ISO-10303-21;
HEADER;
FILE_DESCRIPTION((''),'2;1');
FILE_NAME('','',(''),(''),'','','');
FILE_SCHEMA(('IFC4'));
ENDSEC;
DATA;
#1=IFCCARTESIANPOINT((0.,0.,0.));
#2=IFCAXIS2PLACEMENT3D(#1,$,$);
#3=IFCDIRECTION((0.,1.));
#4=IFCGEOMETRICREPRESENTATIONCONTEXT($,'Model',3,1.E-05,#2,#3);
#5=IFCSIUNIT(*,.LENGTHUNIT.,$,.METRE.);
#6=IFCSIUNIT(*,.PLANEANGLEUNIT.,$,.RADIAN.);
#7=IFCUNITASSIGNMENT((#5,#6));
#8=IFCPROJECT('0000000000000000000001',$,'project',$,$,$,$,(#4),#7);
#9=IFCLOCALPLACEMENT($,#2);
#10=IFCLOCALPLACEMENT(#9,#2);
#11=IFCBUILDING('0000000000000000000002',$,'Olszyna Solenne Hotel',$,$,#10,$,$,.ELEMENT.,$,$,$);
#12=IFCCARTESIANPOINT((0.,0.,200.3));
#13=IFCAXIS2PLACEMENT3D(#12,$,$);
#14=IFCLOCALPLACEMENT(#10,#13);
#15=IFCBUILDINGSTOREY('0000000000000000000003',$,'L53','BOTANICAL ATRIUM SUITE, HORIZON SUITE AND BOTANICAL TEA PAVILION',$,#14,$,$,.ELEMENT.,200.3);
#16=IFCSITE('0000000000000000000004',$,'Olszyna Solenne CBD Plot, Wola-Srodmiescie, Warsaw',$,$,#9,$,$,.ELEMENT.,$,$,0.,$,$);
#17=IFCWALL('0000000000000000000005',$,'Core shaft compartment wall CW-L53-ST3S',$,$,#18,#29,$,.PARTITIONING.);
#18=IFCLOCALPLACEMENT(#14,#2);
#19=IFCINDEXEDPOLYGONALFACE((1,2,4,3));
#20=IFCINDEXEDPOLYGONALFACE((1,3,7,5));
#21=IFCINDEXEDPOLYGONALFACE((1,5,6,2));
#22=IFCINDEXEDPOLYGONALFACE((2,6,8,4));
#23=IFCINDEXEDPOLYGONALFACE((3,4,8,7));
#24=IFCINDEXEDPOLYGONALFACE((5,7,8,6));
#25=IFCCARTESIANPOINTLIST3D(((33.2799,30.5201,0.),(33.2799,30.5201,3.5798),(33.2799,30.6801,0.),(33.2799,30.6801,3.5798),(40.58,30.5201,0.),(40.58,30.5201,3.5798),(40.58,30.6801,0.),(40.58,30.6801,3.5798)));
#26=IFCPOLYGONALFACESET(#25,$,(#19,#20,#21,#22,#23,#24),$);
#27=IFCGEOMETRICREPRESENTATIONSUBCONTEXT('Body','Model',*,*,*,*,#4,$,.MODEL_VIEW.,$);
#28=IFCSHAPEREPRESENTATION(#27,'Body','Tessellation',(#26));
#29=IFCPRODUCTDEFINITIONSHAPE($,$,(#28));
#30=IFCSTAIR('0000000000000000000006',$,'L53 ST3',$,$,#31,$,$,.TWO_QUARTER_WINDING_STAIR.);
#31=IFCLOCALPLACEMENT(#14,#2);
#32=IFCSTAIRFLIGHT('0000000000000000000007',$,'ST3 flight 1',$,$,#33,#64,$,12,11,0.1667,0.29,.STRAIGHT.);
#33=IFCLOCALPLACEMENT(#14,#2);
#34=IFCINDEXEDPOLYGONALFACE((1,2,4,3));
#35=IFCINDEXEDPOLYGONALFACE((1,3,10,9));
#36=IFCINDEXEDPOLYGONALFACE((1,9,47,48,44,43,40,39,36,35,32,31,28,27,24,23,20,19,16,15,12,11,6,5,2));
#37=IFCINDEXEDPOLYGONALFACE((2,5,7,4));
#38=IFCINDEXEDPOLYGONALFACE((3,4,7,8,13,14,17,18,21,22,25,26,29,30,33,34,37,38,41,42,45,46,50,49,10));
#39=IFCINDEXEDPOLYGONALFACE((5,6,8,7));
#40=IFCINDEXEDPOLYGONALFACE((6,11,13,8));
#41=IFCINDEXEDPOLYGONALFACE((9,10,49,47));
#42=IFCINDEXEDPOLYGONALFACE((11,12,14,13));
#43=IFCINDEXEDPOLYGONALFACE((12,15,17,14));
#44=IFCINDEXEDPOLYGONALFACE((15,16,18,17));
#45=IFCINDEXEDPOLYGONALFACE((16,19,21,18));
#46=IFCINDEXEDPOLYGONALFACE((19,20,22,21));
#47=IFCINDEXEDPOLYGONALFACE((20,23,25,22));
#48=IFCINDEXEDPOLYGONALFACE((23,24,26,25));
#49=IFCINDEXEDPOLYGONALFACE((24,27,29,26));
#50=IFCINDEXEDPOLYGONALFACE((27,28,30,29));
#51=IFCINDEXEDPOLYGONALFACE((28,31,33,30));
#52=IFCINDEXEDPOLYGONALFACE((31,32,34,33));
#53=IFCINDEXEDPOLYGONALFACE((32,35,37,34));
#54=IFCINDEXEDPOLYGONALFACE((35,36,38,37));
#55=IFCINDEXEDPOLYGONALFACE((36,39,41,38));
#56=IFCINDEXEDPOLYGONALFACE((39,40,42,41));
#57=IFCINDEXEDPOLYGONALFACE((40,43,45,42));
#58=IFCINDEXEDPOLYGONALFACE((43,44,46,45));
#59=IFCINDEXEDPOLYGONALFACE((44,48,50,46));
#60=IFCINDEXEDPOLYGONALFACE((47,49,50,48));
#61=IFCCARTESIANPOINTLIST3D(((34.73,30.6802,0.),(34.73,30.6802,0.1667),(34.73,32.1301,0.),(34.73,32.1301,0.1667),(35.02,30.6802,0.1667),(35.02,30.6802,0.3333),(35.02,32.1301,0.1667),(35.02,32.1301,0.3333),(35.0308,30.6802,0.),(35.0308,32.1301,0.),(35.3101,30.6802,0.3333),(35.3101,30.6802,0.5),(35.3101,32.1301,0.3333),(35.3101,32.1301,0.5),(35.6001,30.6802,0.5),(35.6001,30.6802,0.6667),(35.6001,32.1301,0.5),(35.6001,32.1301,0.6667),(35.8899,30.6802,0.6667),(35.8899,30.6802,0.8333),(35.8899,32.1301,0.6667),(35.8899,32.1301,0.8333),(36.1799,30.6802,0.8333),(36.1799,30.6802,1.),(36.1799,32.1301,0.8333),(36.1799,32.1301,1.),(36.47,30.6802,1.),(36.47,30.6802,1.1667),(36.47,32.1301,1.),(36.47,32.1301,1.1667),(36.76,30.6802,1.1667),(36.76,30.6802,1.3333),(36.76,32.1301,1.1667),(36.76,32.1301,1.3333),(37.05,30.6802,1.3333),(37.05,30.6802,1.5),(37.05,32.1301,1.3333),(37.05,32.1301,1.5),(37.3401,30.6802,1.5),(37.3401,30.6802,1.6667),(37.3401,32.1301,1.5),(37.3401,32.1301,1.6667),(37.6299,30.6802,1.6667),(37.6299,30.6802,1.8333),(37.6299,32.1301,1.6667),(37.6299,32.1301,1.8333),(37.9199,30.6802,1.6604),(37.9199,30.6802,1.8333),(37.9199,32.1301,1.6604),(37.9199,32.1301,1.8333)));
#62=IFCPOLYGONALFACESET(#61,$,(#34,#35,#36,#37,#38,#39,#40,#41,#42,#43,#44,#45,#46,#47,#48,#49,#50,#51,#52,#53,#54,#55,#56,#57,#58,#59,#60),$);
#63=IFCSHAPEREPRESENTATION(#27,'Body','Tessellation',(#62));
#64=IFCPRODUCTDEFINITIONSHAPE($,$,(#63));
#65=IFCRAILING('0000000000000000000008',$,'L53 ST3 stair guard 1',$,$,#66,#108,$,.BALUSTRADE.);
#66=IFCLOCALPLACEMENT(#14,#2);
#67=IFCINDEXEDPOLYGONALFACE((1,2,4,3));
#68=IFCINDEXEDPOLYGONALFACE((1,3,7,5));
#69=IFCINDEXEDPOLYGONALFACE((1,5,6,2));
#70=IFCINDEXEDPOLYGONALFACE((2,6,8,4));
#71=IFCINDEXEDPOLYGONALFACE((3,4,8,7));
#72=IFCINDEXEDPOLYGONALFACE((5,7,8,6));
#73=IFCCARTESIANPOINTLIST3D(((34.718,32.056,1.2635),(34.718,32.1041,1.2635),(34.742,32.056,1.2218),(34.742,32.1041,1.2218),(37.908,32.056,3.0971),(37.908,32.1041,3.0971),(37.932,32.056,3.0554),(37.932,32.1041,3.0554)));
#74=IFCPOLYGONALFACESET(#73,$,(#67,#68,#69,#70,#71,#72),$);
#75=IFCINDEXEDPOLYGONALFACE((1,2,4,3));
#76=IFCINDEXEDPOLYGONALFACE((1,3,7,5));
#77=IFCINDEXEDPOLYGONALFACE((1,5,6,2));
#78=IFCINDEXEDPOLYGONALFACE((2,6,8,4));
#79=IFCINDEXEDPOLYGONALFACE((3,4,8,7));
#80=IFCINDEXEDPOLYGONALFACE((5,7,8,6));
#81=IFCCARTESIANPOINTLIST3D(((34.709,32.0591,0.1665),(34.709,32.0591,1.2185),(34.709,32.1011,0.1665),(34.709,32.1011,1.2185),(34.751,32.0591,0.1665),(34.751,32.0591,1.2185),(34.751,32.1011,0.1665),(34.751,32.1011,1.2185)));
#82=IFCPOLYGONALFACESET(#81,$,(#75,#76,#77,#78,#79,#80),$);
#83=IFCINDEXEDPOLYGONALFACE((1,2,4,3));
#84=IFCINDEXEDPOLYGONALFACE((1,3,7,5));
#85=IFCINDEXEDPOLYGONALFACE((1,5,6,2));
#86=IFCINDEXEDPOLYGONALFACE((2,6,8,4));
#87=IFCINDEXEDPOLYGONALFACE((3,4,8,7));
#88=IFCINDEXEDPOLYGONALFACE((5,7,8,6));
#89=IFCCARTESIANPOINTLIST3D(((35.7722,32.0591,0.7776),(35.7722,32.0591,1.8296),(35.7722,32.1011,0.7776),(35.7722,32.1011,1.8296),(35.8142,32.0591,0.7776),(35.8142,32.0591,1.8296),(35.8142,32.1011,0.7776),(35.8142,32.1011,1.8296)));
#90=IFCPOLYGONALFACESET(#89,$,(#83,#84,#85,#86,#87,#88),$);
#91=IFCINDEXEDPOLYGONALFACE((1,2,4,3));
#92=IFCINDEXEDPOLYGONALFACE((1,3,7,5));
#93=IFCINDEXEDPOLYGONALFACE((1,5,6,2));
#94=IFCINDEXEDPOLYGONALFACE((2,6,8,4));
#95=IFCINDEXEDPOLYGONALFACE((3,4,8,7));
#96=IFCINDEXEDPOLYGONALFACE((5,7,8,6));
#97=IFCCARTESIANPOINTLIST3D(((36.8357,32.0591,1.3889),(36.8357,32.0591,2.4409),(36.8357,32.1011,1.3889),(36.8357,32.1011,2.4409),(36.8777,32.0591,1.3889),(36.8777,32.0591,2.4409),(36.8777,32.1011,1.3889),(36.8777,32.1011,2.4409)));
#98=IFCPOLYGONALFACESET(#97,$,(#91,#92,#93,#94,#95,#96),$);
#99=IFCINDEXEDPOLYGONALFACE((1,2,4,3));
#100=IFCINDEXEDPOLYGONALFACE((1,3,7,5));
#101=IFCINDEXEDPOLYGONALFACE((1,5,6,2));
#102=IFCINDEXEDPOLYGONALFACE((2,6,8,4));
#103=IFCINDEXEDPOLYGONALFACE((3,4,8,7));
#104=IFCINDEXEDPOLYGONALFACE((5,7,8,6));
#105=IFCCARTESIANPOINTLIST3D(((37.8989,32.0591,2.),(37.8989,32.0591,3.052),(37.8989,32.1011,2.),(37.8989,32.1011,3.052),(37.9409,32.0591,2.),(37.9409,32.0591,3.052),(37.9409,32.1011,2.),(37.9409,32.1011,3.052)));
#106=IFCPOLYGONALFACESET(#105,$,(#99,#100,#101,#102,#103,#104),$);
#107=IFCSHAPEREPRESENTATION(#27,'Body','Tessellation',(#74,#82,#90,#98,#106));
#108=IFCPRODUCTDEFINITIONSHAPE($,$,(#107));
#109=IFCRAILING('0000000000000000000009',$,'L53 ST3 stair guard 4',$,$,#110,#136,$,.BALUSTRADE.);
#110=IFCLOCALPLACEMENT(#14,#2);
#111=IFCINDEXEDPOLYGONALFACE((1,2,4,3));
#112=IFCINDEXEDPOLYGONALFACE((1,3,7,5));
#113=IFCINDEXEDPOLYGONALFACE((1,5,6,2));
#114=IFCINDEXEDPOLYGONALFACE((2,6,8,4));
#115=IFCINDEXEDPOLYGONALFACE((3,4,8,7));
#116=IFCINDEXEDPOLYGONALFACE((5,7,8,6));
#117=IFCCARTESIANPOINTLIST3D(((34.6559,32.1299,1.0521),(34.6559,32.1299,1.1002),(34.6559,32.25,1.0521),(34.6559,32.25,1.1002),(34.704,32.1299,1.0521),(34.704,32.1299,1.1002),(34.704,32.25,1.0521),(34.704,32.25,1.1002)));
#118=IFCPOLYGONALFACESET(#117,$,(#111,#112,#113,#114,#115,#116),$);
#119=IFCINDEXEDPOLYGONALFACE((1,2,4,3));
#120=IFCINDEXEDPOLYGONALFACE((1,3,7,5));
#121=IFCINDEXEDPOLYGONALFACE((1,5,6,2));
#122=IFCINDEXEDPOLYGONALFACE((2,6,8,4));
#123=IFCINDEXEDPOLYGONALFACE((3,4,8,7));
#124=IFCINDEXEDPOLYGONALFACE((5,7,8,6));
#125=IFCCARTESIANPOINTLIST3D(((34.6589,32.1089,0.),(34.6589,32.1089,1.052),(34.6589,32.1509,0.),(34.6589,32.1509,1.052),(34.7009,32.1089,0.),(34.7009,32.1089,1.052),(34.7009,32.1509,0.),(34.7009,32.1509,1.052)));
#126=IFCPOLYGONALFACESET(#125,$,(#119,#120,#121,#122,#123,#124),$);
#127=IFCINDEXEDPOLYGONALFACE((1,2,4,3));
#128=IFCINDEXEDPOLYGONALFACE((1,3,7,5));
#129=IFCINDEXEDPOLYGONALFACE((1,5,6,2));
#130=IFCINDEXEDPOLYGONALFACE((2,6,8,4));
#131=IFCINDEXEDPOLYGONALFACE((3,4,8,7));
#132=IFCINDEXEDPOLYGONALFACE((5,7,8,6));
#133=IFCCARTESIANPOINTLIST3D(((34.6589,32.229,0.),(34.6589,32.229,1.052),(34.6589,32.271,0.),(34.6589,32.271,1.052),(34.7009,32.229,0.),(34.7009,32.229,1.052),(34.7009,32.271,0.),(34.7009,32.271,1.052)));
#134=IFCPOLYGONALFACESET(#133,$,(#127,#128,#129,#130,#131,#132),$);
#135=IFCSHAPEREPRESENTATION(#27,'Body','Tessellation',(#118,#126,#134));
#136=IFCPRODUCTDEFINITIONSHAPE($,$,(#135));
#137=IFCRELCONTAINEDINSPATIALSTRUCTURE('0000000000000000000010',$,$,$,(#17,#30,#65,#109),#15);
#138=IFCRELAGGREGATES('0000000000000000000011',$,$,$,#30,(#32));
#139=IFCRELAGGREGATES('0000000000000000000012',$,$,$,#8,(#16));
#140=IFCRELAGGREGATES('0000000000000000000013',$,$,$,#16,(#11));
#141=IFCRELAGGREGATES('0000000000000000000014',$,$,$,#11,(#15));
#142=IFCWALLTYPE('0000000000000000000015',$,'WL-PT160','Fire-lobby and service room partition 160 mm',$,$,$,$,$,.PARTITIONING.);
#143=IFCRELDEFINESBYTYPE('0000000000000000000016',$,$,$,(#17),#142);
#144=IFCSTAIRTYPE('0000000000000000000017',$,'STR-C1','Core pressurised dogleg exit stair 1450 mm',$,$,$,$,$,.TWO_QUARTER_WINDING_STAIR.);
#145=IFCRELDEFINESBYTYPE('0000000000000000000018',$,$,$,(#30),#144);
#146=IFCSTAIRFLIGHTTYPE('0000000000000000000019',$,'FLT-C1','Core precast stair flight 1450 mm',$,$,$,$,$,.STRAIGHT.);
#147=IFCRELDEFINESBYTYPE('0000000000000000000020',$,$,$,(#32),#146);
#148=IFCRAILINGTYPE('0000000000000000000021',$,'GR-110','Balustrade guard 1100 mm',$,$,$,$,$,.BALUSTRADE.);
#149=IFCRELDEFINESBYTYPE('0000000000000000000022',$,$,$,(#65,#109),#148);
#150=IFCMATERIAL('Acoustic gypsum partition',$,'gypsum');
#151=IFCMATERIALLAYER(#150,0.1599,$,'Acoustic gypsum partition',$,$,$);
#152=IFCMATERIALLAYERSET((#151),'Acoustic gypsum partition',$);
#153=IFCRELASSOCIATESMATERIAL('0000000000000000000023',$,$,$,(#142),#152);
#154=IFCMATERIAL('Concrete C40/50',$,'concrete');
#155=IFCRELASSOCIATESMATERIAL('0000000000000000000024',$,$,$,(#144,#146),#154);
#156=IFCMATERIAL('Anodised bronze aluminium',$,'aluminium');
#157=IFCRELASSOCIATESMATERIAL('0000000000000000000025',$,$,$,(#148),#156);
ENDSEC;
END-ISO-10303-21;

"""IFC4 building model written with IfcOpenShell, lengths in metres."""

from ifc_helpers import new_model, si_unit, direction, frame, frame_2d, origin, origin_2d, place, context, subcontext, project, spatial, polyline, rectangle, outline, extrude, material, layer, layer_set, type_object, element, aggregate, save


model = new_model("IFC4")

# Units and contexts
model_context = context("Model", 3, precision=1e-05, world=origin(), true_north=direction((0.0, 1.0)))
body_context = subcontext(model_context, "Body", "Model", "MODEL_VIEW")
ifc_project = project(units=[si_unit("LENGTHUNIT", "METRE"), si_unit("PLANEANGLEUNIT", "RADIAN")], contexts=[model_context])

# Site, building, storey
site_placement = place(None, origin())
site = spatial("IfcSite", under=ifc_project, at=site_placement, Name="Olszyna Solenne CBD Plot, Wola-Srodmiescie, Warsaw", CompositionType="ELEMENT", RefElevation=0.0)
building_placement = place(site_placement, origin())
building = spatial("IfcBuilding", under=site, at=building_placement, Name="Olszyna Solenne Hotel", CompositionType="ELEMENT")
storey_placement = place(building_placement, frame((0.0, 0.0, 200.3)))
storey = spatial("IfcBuildingStorey", under=building, at=storey_placement, Name="L53", Description="BOTANICAL ATRIUM SUITE, HORIZON SUITE AND BOTANICAL TEA PAVILION", CompositionType="ELEMENT", Elevation=200.3)

# Wall
ifc_material_1 = material(Name="Acoustic gypsum partition", Category="gypsum")
ifc_layer_1 = layer(ifc_material_1, 0.1599, Name="Acoustic gypsum partition")
ifc_layer_set_1 = layer_set([ifc_layer_1], Name="Acoustic gypsum partition")
wall_type_1 = type_object("IfcWallType", Name="WL-PT160", Description="Fire-lobby and service room partition 160 mm", PredefinedType="PARTITIONING", material=ifc_layer_set_1)
wall_1_placement = place(storey_placement, frame((33.28, 30.6001, 0.0), z_axis=(0.0, 0.0, 1.0), x_axis=(1.0, 0.0, 0.0)))
element("IfcWall", 1, at=wall_1_placement, inside=storey, type_object=wall_type_1, Name="Core shaft compartment wall CW-L53-ST3S", PredefinedType="PARTITIONING", context=body_context, shape_type="SweptSolid", body=[
    extrude(rectangle(XDim=7.3, YDim=0.1599, at=frame_2d((3.6499, 0.0))), origin(), (0.0, 0.0, 1.0), 3.5798),
])

# Stair, stair flight
ifc_material_2 = material(Name="Concrete C40/50", Category="concrete")
stair_type = type_object("IfcStairType", Name="STR-C1", Description="Core pressurised dogleg exit stair 1450 mm", PredefinedType="TWO_QUARTER_WINDING_STAIR", material=ifc_material_2)
stair_placement = place(storey_placement, origin())
stair = element("IfcStair", 2, at=stair_placement, inside=storey, type_object=stair_type, Name="L53 ST3", PredefinedType="TWO_QUARTER_WINDING_STAIR")
stair_flight_type = type_object("IfcStairFlightType", Name="FLT-C1", Description="Core precast stair flight 1450 mm", PredefinedType="STRAIGHT", material=ifc_material_2)
stair_flight_placement = place(storey_placement, frame((34.73, 31.405, 0.0), z_axis=(0.0, 0.0, 1.0), x_axis=(1.0, 0.0, 0.0)))
stair_flight = element("IfcStairFlight", 3, at=stair_flight_placement, type_object=stair_flight_type, Name="ST3 flight 1", NumberOfRisers=12, NumberOfTreads=11, PredefinedType="STRAIGHT", RiserHeight=0.1667, TreadLength=0.29, context=body_context, shape_type="SweptSolid", body=[
    extrude(outline(polyline([(0.0, 0.0), (0.0, 0.1667), (0.29, 0.1667), (0.29, 0.3333), (0.5801, 0.3333), (0.5801, 0.5), (0.8701, 0.5), (0.8701, 0.6667), (1.1599, 0.6667), (1.1599, 0.8333), (1.45, 0.8333), (1.45, 1.0), (1.74, 1.0), (1.74, 1.1667), (2.03, 1.1667), (2.03, 1.3333), (2.3201, 1.3333), (2.3201, 1.5), (2.6101, 1.5), (2.6101, 1.6667), (2.8999, 1.6667), (2.8999, 1.8333), (3.1899, 1.8333), (3.1899, 2.0), (3.1899, 1.6604), (0.3008, 0.0), (0.0, 0.0)])), frame((0.0, 0.7251, 0.0), z_axis=(0.0, -1.0, 0.0), x_axis=(1.0, 0.0, 0.0)), (0.0, 0.0, 1.0), 1.45),
])
aggregate(stair, [stair_flight])

# Railings
ifc_material_3 = material(Name="Anodised bronze aluminium", Category="aluminium")
railing_type_1 = type_object("IfcRailingType", Name="GR-110", Description="Balustrade guard 1100 mm", PredefinedType="BALUSTRADE", material=ifc_material_3)
railing_1_placement = place(storey_placement, frame((34.73, 32.0801, 0.1665)))
element("IfcRailing", 4, at=railing_1_placement, inside=storey, type_object=railing_type_1, Name="L53 ST3 stair guard 1", PredefinedType="BALUSTRADE", context=body_context, shape_type="SweptSolid", body=[
    extrude(rectangle(XDim=0.0481, YDim=0.0481, at=origin_2d()), frame((0.0, 0.0, 1.0762), z_axis=(0.866991, 0.0, 0.498324), x_axis=(0.0, 1.0, 0.0)), (0.0, 0.0, 1.0), 3.6794),
    extrude(rectangle(XDim=0.042, YDim=0.042, at=origin_2d()), origin(), (0.0, 0.0, 1.0), 1.052),
    extrude(rectangle(XDim=0.042, YDim=0.042, at=origin_2d()), frame((1.0632, 0.0, 0.6111)), (0.0, 0.0, 1.0), 1.052),
    extrude(rectangle(XDim=0.042, YDim=0.042, at=origin_2d()), frame((2.1267, 0.0, 1.2224)), (0.0, 0.0, 1.0), 1.052),
    extrude(rectangle(XDim=0.042, YDim=0.042, at=origin_2d()), frame((3.1899, 0.0, 1.8335)), (0.0, 0.0, 1.0), 1.052),
])
railing_2_placement = place(storey_placement, frame((34.6799, 32.1299, 0.0)))
element("IfcRailing", 5, at=railing_2_placement, inside=storey, type_object=railing_type_1, Name="L53 ST3 stair guard 4", PredefinedType="BALUSTRADE", context=body_context, shape_type="SweptSolid", body=[
    extrude(rectangle(XDim=0.0481, YDim=0.0481, at=origin_2d()), frame((0.0, 0.0, 1.0762), z_axis=(0.0, 1.0, 0.0), x_axis=(-1.0, 0.0, 0.0)), (0.0, 0.0, 1.0), 0.1201),
    extrude(rectangle(XDim=0.042, YDim=0.042, at=origin_2d()), origin(), (0.0, 0.0, 1.0), 1.052),
    extrude(rectangle(XDim=0.042, YDim=0.042, at=origin_2d()), frame((0.0, 0.1201, 0.0)), (0.0, 0.0, 1.0), 1.052),
])

save(model, "model.ifc")
